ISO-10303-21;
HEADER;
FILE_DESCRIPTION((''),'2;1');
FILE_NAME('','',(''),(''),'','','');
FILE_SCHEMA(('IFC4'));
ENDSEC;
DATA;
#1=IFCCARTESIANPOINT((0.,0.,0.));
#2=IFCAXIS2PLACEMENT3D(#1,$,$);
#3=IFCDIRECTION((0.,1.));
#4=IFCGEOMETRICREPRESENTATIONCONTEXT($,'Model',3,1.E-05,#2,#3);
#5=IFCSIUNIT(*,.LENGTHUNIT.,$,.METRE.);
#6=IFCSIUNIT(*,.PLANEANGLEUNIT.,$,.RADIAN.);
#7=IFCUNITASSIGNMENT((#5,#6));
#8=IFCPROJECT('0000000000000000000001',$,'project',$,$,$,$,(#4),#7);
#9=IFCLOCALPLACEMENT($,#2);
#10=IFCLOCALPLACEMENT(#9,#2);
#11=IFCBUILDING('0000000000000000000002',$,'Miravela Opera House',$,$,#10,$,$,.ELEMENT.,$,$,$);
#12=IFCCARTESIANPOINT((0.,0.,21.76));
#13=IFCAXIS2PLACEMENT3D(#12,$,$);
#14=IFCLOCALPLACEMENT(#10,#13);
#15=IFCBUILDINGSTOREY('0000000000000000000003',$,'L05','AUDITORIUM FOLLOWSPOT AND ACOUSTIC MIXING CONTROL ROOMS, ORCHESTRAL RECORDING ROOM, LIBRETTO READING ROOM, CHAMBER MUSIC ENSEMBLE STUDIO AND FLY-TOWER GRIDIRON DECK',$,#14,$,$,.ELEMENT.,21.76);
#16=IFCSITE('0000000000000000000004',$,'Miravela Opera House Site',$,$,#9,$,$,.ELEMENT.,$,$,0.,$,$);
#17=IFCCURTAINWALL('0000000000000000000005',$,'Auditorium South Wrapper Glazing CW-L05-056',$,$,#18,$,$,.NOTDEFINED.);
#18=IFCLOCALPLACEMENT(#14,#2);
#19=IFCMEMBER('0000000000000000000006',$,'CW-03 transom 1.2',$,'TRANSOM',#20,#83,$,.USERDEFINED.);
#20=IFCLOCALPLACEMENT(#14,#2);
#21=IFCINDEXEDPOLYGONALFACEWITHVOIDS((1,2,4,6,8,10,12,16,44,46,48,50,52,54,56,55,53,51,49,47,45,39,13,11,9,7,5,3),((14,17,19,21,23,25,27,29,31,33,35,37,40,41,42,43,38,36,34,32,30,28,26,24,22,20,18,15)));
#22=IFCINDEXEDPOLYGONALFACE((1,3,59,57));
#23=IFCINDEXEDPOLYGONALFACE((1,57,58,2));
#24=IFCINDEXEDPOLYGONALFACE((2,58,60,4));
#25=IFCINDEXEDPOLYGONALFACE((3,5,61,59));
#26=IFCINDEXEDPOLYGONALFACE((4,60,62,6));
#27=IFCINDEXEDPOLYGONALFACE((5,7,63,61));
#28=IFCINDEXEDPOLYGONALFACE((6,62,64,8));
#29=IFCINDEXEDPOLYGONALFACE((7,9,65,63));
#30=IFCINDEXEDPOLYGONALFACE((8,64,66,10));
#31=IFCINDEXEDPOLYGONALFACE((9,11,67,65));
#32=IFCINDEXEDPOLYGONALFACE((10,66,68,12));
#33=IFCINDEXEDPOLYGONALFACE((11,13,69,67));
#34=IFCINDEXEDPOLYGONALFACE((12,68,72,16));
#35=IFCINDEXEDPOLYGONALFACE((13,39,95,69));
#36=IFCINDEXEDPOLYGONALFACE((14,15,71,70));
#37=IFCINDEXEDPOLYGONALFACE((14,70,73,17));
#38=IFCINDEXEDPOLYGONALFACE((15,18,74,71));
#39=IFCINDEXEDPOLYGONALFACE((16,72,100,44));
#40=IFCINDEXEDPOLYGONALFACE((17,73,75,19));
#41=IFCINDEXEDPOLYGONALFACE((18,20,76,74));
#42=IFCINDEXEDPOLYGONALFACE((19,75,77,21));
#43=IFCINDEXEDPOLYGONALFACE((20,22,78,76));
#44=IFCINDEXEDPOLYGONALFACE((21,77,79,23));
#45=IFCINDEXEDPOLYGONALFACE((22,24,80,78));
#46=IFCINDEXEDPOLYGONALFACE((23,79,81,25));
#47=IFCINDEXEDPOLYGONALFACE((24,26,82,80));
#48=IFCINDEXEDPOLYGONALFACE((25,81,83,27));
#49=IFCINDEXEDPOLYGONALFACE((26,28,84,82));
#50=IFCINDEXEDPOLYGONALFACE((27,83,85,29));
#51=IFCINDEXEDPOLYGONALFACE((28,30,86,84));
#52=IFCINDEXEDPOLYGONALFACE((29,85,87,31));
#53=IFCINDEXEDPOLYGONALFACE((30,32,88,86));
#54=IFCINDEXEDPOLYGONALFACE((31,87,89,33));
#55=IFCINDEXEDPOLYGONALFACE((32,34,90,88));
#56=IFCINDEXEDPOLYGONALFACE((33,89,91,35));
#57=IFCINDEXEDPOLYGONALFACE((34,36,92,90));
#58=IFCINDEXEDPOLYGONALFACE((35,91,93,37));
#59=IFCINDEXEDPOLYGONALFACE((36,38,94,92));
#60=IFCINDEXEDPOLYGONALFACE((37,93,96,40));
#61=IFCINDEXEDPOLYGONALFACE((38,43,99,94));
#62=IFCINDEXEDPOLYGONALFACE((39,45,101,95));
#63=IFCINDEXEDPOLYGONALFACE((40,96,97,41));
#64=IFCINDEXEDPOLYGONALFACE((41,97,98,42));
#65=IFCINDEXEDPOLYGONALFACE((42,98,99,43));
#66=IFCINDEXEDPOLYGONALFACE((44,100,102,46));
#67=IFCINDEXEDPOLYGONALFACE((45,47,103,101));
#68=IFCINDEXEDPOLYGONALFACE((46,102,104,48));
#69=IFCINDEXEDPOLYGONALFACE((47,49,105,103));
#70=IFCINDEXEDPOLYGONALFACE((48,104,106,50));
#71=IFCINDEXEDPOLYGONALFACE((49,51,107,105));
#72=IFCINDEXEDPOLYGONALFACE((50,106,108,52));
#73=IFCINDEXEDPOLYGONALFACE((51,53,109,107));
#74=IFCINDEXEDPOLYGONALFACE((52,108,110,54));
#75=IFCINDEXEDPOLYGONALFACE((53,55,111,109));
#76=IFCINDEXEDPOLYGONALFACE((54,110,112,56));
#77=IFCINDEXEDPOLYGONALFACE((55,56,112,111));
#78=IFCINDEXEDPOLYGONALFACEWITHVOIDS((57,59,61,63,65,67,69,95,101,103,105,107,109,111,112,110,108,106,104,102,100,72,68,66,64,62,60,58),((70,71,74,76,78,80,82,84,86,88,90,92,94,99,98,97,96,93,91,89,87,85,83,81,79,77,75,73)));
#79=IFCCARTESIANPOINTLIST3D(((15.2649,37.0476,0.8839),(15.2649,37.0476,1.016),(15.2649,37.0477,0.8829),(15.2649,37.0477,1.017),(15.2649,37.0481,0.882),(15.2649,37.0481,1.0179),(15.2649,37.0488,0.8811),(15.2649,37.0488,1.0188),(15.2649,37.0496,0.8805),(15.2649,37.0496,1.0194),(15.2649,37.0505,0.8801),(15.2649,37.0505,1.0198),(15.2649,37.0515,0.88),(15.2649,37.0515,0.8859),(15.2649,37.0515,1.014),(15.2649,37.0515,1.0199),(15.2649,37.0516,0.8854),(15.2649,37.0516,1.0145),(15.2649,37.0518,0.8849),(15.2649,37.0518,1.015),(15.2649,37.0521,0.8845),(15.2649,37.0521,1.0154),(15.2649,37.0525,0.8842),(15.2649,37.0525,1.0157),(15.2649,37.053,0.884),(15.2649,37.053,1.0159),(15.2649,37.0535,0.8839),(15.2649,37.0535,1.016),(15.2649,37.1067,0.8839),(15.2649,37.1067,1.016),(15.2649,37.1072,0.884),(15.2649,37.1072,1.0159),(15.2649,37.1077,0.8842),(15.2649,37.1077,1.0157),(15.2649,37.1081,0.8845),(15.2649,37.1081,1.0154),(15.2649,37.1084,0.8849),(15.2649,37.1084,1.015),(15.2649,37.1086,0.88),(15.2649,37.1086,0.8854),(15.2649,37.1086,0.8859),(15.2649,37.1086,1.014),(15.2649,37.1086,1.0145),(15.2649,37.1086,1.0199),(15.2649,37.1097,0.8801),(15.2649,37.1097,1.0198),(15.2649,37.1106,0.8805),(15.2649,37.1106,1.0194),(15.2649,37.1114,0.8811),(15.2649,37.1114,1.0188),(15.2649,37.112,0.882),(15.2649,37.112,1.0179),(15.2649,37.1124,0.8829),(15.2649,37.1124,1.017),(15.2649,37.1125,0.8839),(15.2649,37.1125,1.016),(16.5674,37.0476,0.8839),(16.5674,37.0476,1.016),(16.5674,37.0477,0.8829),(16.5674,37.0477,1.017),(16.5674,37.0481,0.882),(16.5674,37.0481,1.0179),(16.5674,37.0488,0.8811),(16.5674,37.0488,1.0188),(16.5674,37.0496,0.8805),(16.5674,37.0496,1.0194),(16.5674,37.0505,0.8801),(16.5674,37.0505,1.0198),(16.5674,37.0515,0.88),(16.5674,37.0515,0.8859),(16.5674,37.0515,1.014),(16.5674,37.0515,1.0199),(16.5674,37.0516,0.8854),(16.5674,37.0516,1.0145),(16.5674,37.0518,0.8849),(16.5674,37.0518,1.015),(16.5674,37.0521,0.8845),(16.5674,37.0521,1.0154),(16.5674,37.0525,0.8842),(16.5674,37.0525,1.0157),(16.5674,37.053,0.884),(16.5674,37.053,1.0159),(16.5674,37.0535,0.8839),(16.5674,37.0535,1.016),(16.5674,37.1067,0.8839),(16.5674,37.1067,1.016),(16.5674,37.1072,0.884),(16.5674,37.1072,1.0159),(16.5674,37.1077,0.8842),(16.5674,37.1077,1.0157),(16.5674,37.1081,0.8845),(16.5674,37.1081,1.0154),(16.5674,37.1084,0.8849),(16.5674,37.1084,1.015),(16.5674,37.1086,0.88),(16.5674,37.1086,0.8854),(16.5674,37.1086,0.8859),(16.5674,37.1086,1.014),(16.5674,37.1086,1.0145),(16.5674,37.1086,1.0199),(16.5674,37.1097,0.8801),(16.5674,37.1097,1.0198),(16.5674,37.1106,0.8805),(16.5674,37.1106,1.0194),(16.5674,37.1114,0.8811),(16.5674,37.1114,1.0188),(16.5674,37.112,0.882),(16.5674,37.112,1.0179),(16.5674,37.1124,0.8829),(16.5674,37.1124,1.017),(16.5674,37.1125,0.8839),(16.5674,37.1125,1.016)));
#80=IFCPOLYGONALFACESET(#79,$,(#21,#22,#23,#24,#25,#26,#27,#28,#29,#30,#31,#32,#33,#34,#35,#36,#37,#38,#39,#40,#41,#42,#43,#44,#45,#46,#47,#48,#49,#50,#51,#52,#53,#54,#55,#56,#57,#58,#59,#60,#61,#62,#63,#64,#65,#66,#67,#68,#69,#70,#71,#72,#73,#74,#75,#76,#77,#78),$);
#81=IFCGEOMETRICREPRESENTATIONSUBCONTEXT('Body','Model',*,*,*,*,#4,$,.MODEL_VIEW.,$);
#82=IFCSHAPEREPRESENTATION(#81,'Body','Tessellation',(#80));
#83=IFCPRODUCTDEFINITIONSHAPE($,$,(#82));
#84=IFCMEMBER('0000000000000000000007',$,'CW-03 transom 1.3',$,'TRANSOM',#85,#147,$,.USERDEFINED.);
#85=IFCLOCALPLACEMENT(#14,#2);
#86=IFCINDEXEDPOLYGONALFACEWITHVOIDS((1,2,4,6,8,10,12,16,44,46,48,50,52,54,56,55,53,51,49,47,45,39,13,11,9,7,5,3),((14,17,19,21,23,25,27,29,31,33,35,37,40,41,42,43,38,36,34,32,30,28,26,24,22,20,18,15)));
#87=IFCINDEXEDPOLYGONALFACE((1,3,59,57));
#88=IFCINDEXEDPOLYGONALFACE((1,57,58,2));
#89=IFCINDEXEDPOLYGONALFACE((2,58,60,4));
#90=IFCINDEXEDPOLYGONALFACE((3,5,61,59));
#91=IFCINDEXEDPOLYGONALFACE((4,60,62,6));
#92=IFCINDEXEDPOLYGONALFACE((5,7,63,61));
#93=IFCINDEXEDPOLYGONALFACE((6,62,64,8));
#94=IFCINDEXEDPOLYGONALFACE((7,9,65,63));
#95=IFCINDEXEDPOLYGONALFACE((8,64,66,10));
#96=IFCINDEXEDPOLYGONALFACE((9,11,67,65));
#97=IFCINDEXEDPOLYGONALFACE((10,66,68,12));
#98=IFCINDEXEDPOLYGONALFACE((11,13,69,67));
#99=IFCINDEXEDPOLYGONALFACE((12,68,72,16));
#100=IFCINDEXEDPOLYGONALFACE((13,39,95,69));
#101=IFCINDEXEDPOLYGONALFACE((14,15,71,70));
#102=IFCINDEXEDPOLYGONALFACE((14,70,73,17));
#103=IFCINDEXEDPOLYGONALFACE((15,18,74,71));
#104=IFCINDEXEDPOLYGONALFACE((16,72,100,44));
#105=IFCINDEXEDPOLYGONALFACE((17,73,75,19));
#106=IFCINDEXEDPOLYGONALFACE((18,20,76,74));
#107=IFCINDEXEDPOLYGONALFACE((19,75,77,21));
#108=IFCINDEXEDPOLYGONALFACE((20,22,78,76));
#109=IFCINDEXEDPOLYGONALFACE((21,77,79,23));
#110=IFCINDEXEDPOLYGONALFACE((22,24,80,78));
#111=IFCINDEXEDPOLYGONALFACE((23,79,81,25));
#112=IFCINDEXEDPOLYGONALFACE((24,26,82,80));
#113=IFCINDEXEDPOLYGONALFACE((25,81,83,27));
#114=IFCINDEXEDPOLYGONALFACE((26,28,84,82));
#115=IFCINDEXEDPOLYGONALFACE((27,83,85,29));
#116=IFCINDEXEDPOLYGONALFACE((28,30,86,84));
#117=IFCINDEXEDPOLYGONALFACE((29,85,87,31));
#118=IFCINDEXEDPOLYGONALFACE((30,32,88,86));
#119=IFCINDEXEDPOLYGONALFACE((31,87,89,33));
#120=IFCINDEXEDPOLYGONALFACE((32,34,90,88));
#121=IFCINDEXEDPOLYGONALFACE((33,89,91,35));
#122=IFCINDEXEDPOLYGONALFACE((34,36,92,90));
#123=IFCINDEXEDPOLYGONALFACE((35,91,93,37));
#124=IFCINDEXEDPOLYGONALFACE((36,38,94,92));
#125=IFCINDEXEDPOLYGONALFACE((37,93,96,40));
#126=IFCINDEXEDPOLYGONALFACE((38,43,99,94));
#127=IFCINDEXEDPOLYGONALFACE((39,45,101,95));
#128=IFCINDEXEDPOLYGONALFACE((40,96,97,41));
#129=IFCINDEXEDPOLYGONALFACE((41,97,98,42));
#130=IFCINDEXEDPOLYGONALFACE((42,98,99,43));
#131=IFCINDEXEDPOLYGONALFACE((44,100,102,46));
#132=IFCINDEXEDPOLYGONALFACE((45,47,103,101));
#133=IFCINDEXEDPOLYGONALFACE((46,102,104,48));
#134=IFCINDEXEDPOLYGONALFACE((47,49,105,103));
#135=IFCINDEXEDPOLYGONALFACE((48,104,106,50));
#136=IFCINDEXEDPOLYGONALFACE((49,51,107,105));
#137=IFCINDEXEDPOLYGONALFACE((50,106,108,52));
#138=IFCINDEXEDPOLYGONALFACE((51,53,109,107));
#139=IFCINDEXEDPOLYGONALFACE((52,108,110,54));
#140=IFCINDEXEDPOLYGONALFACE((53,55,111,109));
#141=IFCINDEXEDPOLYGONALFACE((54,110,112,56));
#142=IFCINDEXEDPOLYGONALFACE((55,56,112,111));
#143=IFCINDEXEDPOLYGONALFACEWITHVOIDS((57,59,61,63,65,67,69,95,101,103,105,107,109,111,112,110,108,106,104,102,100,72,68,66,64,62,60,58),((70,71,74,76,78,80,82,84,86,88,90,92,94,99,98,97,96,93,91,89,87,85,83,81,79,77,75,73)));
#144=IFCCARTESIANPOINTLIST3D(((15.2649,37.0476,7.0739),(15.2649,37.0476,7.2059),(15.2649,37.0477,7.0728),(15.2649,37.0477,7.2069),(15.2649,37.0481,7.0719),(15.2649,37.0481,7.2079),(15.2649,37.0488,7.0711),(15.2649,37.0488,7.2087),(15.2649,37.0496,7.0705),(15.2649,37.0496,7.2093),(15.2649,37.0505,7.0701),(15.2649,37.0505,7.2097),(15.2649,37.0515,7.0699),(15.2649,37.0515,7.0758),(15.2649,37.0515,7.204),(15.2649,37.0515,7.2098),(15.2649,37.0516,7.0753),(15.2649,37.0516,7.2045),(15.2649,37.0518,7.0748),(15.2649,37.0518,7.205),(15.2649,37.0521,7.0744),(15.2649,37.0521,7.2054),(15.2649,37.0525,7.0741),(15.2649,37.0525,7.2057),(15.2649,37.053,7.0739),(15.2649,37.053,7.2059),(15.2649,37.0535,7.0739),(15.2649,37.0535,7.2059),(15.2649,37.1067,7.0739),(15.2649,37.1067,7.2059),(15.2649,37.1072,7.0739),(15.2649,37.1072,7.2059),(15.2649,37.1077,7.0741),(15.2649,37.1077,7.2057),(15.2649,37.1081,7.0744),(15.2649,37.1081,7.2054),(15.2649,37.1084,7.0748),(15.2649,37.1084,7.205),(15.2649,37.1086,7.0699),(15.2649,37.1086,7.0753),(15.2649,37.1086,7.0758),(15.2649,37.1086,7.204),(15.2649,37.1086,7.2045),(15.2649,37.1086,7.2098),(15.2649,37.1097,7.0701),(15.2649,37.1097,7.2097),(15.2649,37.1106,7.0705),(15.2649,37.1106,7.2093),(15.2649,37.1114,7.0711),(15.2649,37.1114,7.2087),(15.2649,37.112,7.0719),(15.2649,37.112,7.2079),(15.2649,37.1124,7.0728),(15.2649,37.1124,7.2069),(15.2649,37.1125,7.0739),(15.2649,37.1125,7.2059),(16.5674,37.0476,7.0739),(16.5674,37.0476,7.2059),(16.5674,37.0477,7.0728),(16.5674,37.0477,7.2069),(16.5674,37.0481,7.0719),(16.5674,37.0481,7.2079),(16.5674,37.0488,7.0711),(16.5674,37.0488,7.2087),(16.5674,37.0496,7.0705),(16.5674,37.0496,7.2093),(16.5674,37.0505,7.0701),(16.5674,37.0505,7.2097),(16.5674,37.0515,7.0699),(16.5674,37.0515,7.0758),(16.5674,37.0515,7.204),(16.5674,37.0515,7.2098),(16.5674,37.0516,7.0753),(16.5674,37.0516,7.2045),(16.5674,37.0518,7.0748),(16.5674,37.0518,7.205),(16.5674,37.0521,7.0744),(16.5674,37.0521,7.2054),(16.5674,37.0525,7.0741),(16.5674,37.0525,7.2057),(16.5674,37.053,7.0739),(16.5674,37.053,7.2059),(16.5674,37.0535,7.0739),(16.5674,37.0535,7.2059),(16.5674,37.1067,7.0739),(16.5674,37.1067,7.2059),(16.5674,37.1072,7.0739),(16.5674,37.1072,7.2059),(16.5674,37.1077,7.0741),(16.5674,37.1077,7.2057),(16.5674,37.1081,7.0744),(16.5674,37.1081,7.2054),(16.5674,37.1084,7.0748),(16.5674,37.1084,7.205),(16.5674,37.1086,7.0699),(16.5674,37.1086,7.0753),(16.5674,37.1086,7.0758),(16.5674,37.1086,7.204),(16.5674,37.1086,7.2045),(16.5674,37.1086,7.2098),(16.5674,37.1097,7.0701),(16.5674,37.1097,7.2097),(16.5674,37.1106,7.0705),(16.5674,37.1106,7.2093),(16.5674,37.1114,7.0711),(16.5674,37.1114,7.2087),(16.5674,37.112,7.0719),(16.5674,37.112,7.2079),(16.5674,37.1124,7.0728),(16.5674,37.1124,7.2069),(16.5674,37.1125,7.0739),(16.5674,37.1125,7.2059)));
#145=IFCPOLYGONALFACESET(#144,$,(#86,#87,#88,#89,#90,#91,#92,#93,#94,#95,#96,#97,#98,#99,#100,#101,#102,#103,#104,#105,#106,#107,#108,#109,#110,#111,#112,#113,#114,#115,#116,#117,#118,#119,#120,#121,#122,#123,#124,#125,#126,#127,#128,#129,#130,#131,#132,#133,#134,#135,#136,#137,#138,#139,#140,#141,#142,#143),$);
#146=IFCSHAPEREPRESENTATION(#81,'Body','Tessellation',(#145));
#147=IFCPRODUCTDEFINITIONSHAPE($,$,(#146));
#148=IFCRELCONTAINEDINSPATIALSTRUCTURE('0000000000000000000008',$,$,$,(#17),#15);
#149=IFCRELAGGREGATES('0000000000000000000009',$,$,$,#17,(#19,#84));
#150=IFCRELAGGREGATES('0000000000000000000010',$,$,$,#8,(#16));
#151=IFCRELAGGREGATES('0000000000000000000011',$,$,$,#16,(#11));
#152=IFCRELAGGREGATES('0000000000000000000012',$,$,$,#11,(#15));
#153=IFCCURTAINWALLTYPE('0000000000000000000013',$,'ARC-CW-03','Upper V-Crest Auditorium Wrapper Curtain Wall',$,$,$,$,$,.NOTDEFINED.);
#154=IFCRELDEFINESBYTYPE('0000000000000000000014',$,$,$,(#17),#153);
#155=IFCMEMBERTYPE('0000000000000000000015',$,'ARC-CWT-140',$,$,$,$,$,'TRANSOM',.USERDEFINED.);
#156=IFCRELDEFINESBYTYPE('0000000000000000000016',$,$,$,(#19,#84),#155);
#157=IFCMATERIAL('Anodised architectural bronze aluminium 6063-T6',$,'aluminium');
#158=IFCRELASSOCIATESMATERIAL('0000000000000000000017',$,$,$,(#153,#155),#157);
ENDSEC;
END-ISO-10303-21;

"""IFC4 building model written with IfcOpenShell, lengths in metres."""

from ifc_helpers import new_model, si_unit, direction, frame, origin, origin_2d, place, context, subcontext, project, spatial, hollow_rectangle, extrude, material, material_profile, profile_set, type_object, element, aggregate, save


model = new_model("IFC4")

# Units and contexts
model_context = context("Model", 3, precision=1e-05, world=origin(), true_north=direction((0.0, 1.0)))
body_context = subcontext(model_context, "Body", "Model", "MODEL_VIEW")
ifc_project = project(units=[si_unit("LENGTHUNIT", "METRE"), si_unit("PLANEANGLEUNIT", "RADIAN")], contexts=[model_context])

# Site, building, storey
site_placement = place(None, origin())
site = spatial("IfcSite", under=ifc_project, at=site_placement, Name="Miravela Opera House Site", CompositionType="ELEMENT", RefElevation=0.0)
building_placement = place(site_placement, origin())
building = spatial("IfcBuilding", under=site, at=building_placement, Name="Miravela Opera House", CompositionType="ELEMENT")
storey_placement = place(building_placement, frame((0.0, 0.0, 21.76)))
storey = spatial("IfcBuildingStorey", under=building, at=storey_placement, Name="L05", Description="AUDITORIUM FOLLOWSPOT AND ACOUSTIC MIXING CONTROL ROOMS, ORCHESTRAL RECORDING ROOM, LIBRETTO READING ROOM, CHAMBER MUSIC ENSEMBLE STUDIO AND FLY-TOWER GRIDIRON DECK", CompositionType="ELEMENT", Elevation=21.76)

# Curtain wall, members
ifc_material_1 = material(Name="Anodised architectural bronze aluminium 6063-T6", Category="aluminium")
curtain_wall_type = type_object("IfcCurtainWallType", Name="ARC-CW-03", Description="Upper V-Crest Auditorium Wrapper Curtain Wall", PredefinedType="NOTDEFINED", material=ifc_material_1)
curtain_wall_placement = place(storey_placement, origin())
curtain_wall = element("IfcCurtainWall", 1, at=curtain_wall_placement, inside=storey, type_object=curtain_wall_type, Name="Auditorium South Wrapper Glazing CW-L05-056", PredefinedType="NOTDEFINED")
ifc_material_profile_1 = material_profile(ifc_material_1, hollow_rectangle(XDim=0.0649, YDim=0.1399, WallThickness=0.0039, InnerFilletRadius=0.002, OuterFilletRadius=0.0039, at=origin_2d()), Name="CWT-65X140")
ifc_profile_set_1 = profile_set([ifc_material_profile_1])
member_type_1 = type_object("IfcMemberType", Name="ARC-CWT-140", ElementType="TRANSOM", PredefinedType="USERDEFINED", material=ifc_profile_set_1)
member_1_placement = place(storey_placement, frame((15.2649, 37.0801, 0.95), z_axis=(1.0, 0.0, 0.0), x_axis=(0.0, 1.0, 0.0)))
member_1 = element("IfcMember", 2, at=member_1_placement, type_object=member_type_1, Name="CW-03 transom 1.2", ObjectType="TRANSOM", PredefinedType="USERDEFINED", context=body_context, shape_type="SweptSolid", body=[
    extrude(hollow_rectangle(XDim=0.0649, YDim=0.1399, WallThickness=0.0039, InnerFilletRadius=0.002, OuterFilletRadius=0.0039, at=origin_2d()), origin(), (0.0, 0.0, 1.0), 1.3025),
])
member_2_placement = place(storey_placement, frame((15.2649, 37.0801, 7.1399), z_axis=(1.0, 0.0, 0.0), x_axis=(0.0, 1.0, 0.0)))
member_2 = element("IfcMember", 3, at=member_2_placement, type_object=member_type_1, Name="CW-03 transom 1.3", ObjectType="TRANSOM", PredefinedType="USERDEFINED", context=body_context, shape_type="SweptSolid", body=[
    extrude(hollow_rectangle(XDim=0.0649, YDim=0.1399, WallThickness=0.0039, InnerFilletRadius=0.002, OuterFilletRadius=0.0039, at=origin_2d()), origin(), (0.0, 0.0, 1.0), 1.3025),
])

aggregate(curtain_wall, [member_1, member_2])

save(model, "model.ifc")
